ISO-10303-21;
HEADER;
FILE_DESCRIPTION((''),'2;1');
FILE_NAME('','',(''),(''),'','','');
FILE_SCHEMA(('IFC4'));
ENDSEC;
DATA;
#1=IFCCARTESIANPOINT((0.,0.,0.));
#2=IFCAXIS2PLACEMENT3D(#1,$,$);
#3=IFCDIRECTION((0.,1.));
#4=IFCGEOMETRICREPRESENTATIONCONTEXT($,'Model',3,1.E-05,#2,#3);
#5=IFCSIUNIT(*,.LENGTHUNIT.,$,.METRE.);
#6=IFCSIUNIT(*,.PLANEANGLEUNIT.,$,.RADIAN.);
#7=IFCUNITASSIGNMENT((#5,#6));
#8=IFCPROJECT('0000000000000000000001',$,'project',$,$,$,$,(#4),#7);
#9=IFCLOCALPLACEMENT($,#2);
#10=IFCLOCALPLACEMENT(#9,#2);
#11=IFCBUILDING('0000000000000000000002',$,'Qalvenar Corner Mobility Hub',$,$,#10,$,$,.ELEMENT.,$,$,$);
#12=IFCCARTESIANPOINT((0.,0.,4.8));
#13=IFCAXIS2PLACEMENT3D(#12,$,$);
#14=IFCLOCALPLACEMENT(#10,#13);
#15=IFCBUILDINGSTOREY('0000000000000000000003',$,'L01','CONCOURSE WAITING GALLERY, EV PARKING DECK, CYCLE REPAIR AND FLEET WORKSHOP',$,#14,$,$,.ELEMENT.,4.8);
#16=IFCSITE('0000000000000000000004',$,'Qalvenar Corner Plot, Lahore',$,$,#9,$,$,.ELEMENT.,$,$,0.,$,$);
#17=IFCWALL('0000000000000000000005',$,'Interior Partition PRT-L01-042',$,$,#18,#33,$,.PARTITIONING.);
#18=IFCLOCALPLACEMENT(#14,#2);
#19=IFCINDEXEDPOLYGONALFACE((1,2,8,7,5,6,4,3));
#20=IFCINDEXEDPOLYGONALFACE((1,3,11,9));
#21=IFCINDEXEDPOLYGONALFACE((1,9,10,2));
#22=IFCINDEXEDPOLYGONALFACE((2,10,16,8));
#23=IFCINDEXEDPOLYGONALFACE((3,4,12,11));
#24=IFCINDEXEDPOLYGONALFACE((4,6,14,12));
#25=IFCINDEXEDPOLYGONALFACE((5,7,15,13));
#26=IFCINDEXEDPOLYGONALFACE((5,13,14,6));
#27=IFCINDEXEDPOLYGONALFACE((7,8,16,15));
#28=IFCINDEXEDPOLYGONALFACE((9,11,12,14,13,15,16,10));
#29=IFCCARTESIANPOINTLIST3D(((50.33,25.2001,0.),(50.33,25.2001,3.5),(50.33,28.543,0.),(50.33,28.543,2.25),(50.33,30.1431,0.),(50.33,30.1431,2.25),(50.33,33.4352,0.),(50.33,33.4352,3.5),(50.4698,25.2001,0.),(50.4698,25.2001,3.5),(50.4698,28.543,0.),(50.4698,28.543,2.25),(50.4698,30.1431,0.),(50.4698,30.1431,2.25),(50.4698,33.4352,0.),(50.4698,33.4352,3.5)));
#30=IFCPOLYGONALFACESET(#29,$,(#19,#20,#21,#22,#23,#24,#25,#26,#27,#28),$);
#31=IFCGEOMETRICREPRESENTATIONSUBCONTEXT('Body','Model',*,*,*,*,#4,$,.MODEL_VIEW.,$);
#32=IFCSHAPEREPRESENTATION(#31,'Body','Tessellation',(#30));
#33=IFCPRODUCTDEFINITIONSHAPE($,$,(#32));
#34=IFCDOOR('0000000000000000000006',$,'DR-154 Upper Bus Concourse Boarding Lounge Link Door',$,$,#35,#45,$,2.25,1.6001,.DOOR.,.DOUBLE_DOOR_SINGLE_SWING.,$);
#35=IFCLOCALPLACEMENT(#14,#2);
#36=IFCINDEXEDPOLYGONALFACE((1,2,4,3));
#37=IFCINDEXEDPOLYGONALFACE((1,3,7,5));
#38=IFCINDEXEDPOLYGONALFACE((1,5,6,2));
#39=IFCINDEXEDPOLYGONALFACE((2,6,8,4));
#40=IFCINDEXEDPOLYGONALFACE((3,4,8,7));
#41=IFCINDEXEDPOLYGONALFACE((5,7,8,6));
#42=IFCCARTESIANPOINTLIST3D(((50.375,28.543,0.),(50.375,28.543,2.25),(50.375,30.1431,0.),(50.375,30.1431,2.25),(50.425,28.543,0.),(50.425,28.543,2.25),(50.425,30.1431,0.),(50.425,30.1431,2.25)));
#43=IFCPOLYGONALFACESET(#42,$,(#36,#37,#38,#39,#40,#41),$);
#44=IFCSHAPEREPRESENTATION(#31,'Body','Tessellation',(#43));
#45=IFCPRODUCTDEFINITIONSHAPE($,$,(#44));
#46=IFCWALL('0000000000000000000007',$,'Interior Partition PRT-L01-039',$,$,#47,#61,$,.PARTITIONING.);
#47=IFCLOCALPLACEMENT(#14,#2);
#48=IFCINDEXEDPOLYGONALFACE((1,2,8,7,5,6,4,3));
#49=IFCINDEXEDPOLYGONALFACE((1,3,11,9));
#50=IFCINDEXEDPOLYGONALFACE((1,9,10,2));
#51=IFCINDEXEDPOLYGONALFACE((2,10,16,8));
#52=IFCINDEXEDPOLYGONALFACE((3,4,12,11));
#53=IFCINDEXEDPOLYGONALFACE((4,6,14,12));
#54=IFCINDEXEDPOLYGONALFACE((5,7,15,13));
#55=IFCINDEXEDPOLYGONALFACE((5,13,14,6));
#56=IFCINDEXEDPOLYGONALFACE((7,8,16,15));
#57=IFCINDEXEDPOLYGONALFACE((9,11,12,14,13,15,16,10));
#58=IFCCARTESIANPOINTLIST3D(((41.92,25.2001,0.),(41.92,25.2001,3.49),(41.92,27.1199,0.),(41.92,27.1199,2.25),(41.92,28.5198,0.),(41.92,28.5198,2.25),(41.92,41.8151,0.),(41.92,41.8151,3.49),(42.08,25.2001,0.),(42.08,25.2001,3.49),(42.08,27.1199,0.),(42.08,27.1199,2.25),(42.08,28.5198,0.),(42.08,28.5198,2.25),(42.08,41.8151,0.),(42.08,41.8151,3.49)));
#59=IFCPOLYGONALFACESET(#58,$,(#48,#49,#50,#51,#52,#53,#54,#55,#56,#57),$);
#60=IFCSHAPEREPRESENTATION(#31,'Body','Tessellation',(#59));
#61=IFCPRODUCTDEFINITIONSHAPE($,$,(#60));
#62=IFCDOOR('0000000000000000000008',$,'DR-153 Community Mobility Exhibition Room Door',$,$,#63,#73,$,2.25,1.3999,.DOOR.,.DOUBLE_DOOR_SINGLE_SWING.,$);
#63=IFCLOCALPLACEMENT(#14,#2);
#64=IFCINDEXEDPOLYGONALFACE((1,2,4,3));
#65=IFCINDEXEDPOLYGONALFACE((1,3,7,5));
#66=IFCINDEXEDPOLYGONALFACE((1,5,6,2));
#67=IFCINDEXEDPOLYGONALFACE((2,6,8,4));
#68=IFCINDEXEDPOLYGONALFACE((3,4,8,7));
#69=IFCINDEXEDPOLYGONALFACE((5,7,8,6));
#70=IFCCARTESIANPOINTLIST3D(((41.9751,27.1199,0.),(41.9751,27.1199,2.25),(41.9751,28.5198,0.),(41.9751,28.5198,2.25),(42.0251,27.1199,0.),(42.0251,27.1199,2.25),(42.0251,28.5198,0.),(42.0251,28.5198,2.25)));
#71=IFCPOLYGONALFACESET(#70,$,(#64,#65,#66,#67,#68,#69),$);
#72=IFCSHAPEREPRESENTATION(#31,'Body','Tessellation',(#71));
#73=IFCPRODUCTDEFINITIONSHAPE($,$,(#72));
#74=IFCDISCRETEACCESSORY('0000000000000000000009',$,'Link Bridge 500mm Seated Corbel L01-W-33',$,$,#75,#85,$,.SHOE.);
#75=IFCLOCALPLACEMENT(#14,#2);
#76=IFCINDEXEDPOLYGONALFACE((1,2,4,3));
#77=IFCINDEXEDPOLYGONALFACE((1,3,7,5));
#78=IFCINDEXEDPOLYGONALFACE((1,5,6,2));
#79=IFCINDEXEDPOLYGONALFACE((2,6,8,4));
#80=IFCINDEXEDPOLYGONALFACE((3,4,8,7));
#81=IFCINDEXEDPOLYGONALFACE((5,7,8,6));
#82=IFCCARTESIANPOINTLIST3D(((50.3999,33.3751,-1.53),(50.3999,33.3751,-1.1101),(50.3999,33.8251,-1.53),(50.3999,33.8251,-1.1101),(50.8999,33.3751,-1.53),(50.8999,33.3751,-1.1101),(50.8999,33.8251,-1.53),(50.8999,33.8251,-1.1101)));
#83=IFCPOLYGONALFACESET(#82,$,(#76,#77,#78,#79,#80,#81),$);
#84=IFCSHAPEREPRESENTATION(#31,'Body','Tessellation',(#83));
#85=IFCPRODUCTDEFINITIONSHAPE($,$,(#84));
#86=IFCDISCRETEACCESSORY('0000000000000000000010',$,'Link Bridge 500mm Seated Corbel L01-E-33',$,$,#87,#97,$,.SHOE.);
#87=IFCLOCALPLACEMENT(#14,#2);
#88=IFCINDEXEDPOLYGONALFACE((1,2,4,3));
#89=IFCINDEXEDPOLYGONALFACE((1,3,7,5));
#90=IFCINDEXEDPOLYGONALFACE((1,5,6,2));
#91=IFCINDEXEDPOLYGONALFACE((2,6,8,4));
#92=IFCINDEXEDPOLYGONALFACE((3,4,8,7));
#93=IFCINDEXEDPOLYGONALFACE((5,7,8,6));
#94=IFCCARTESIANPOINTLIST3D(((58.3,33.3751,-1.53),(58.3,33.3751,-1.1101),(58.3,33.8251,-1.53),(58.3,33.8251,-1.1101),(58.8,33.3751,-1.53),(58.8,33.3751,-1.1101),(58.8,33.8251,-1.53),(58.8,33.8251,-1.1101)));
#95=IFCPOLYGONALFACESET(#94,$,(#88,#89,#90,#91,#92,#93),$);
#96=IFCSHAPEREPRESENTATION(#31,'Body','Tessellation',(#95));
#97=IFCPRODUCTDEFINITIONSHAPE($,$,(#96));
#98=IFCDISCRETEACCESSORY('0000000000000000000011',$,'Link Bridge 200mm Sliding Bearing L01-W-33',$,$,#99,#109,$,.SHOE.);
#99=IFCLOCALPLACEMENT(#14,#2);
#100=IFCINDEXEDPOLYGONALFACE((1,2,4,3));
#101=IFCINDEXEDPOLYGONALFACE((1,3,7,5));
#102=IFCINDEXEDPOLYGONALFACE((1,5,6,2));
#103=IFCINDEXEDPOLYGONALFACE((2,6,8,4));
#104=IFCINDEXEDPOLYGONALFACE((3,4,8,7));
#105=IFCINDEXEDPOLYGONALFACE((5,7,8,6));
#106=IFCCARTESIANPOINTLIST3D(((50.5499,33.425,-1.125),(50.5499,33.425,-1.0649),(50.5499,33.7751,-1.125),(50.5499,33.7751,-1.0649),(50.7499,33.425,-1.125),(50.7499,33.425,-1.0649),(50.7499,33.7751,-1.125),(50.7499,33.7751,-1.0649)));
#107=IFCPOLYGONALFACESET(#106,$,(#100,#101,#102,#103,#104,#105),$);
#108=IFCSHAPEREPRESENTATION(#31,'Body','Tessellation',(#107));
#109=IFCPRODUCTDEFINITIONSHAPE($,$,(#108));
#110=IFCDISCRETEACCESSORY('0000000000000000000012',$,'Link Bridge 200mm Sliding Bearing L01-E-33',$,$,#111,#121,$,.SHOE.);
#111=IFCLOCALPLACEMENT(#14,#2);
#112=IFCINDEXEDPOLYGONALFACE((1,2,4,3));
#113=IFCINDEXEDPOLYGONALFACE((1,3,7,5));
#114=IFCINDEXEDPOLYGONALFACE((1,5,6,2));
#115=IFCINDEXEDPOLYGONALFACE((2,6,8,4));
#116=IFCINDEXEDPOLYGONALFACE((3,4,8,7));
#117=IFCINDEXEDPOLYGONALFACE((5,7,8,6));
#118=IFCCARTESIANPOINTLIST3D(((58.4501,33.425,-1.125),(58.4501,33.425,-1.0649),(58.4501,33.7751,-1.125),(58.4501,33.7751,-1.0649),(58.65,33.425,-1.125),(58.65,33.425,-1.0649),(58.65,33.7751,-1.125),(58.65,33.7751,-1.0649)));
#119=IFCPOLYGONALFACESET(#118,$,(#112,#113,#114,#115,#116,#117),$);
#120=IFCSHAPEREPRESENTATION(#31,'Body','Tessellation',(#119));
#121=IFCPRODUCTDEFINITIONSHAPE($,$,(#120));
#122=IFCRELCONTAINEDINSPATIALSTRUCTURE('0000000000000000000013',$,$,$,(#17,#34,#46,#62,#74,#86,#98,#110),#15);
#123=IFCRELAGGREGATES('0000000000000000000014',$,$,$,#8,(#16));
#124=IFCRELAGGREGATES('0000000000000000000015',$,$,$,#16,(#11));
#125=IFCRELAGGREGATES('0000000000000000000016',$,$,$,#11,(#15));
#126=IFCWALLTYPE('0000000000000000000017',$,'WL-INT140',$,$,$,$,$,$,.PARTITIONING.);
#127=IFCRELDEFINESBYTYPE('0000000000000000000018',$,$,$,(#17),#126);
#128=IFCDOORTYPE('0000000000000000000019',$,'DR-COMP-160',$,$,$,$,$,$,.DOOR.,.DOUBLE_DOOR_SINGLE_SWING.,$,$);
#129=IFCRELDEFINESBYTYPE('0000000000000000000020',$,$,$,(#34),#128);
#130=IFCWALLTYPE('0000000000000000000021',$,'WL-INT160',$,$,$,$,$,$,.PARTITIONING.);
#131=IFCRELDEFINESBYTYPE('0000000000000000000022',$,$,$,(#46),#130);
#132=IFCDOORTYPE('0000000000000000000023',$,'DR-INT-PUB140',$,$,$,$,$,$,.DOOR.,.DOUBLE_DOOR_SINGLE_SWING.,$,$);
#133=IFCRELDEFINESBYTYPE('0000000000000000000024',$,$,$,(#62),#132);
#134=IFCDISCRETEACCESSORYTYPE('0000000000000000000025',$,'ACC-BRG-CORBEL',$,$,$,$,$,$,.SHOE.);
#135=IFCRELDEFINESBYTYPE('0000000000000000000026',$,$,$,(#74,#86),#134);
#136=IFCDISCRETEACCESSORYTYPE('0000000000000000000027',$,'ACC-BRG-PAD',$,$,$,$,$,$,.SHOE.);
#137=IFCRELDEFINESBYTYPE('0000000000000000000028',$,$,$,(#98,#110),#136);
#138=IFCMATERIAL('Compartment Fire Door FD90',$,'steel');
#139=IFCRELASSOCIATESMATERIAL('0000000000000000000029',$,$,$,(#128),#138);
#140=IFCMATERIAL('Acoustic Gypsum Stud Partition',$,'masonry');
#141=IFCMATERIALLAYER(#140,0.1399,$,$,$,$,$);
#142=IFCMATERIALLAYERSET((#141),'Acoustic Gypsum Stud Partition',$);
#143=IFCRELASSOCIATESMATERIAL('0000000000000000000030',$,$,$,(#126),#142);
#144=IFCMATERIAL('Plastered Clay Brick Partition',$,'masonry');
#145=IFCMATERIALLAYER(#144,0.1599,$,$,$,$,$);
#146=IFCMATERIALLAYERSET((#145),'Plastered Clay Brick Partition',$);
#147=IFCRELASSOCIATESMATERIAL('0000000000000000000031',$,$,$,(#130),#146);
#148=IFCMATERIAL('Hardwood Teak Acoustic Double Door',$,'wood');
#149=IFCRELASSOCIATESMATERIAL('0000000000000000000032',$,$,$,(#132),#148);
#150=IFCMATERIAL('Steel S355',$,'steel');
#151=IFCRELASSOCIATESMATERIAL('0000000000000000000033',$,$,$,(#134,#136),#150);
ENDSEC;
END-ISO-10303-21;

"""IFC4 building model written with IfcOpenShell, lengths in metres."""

from ifc_helpers import new_model, si_unit, direction, frame, frame_2d, origin, origin_2d, place, context, subcontext, project, spatial, rectangle, extrude, material, layer, layer_set, type_object, element, fill, save


model = new_model("IFC4")

# Units and contexts
model_context = context("Model", 3, precision=1e-05, world=origin(), true_north=direction((0.0, 1.0)))
body_context = subcontext(model_context, "Body", "Model", "MODEL_VIEW")
ifc_project = project(units=[si_unit("LENGTHUNIT", "METRE"), si_unit("PLANEANGLEUNIT", "RADIAN")], contexts=[model_context])

# Site, building, storey
site_placement = place(None, origin())
site = spatial("IfcSite", under=ifc_project, at=site_placement, Name="Qalvenar Corner Plot, Lahore", CompositionType="ELEMENT", RefElevation=0.0)
building_placement = place(site_placement, origin())
building = spatial("IfcBuilding", under=site, at=building_placement, Name="Qalvenar Corner Mobility Hub", CompositionType="ELEMENT")
storey_placement = place(building_placement, frame((0.0, 0.0, 4.8)))
storey = spatial("IfcBuildingStorey", under=building, at=storey_placement, Name="L01", Description="CONCOURSE WAITING GALLERY, EV PARKING DECK, CYCLE REPAIR AND FLEET WORKSHOP", CompositionType="ELEMENT", Elevation=4.8)

# Shared definitions
ifc_material_1 = material(Name="Steel S355", Category="steel")

# Walls, openings, doors
ifc_material_2 = material(Name="Compartment Fire Door FD90", Category="steel")
door_type_1 = type_object("IfcDoorType", Name="DR-COMP-160", OperationType="DOUBLE_DOOR_SINGLE_SWING", PredefinedType="DOOR", material=ifc_material_2)
ifc_material_3 = material(Name="Acoustic Gypsum Stud Partition", Category="masonry")
ifc_layer_1 = layer(ifc_material_3, 0.1399)
ifc_layer_set_1 = layer_set([ifc_layer_1], Name="Acoustic Gypsum Stud Partition")
wall_type_1 = type_object("IfcWallType", Name="WL-INT140", PredefinedType="PARTITIONING", material=ifc_layer_set_1)
wall_1_placement = place(storey_placement, frame((50.3999, 25.2, 0.0), z_axis=(0.0, 0.0, 1.0), x_axis=(0.0, 1.0, 0.0)))
wall_1 = element("IfcWall", 1, at=wall_1_placement, inside=storey, type_object=wall_type_1, Name="Interior Partition PRT-L01-042", PredefinedType="PARTITIONING", context=body_context, shape_type="SweptSolid", body=[
    extrude(rectangle(XDim=8.2351, YDim=0.1399, at=frame_2d((4.1177, 0.0))), origin(), (0.0, 0.0, 1.0), 3.5),
])
opening_1_placement = place(wall_1_placement, frame((3.343, 0.0, 0.0)))
opening_1 = element("IfcOpeningElement", 2, at=opening_1_placement, cuts=wall_1, PredefinedType="OPENING", context=body_context, shape_type="SweptSolid", body=[
    extrude(rectangle(XDim=1.6001, YDim=2.25, at=frame_2d((0.8, 1.125))), frame((0.0, 0.0801, 0.0), z_axis=(0.0, -1.0, 0.0), x_axis=(1.0, 0.0, 0.0)), (0.0, 0.0, 1.0), 0.1599),
])
door_1_placement = place(opening_1_placement, origin())
door_1 = element("IfcDoor", 3, at=door_1_placement, inside=storey, type_object=door_type_1, Name="DR-154 Upper Bus Concourse Boarding Lounge Link Door", OperationType="DOUBLE_DOOR_SINGLE_SWING", OverallHeight=2.25, OverallWidth=1.6001, PredefinedType="DOOR", context=body_context, shape_type="SweptSolid", body=[
    extrude(rectangle(XDim=1.6001, YDim=2.25, at=frame_2d((0.8, 1.125))), frame((0.0, 0.0249, 0.0), z_axis=(0.0, -1.0, 0.0), x_axis=(1.0, 0.0, 0.0)), (0.0, 0.0, 1.0), 0.05),
])
fill(opening_1, door_1)
ifc_material_4 = material(Name="Plastered Clay Brick Partition", Category="masonry")
ifc_layer_2 = layer(ifc_material_4, 0.1599)
ifc_layer_set_2 = layer_set([ifc_layer_2], Name="Plastered Clay Brick Partition")
wall_type_2 = type_object("IfcWallType", Name="WL-INT160", PredefinedType="PARTITIONING", material=ifc_layer_set_2)
wall_2_placement = place(storey_placement, frame((42.0, 25.2, 0.0), z_axis=(0.0, 0.0, 1.0), x_axis=(0.0, 1.0, 0.0)))
wall_2 = element("IfcWall", 4, at=wall_2_placement, inside=storey, type_object=wall_type_2, Name="Interior Partition PRT-L01-039", PredefinedType="PARTITIONING", context=body_context, shape_type="SweptSolid", body=[
    extrude(rectangle(XDim=16.615, YDim=0.1599, at=frame_2d((8.3076, 0.0))), origin(), (0.0, 0.0, 1.0), 3.49),
])
opening_2_placement = place(wall_2_placement, frame((1.9199, 0.0, 0.0)))
opening_2 = element("IfcOpeningElement", 5, at=opening_2_placement, cuts=wall_2, PredefinedType="OPENING", context=body_context, shape_type="SweptSolid", body=[
    extrude(rectangle(XDim=1.3999, YDim=2.25, at=frame_2d((0.7, 1.125))), frame((0.0, 0.0898, 0.0), z_axis=(0.0, -1.0, 0.0), x_axis=(1.0, 0.0, 0.0)), (0.0, 0.0, 1.0), 0.1799),
])
ifc_material_5 = material(Name="Hardwood Teak Acoustic Double Door", Category="wood")
door_type_2 = type_object("IfcDoorType", Name="DR-INT-PUB140", OperationType="DOUBLE_DOOR_SINGLE_SWING", PredefinedType="DOOR", material=ifc_material_5)
door_2_placement = place(opening_2_placement, origin())
door_2 = element("IfcDoor", 6, at=door_2_placement, inside=storey, type_object=door_type_2, Name="DR-153 Community Mobility Exhibition Room Door", OperationType="DOUBLE_DOOR_SINGLE_SWING", OverallHeight=2.25, OverallWidth=1.3999, PredefinedType="DOOR", context=body_context, shape_type="SweptSolid", body=[
    extrude(rectangle(XDim=1.3999, YDim=2.25, at=frame_2d((0.7, 1.125))), frame((0.0, 0.0249, 0.0), z_axis=(0.0, -1.0, 0.0), x_axis=(1.0, 0.0, 0.0)), (0.0, 0.0, 1.0), 0.05),
])
fill(opening_2, door_2)

# Discrete accessories
discrete_accessory_type_1 = type_object("IfcDiscreteAccessoryType", Name="ACC-BRG-CORBEL", PredefinedType="SHOE", material=ifc_material_1)
for number, where, z_axis, x_axis, name in (
    (7, (50.6499, 33.6001, -1.53), (0.0, 0.0, 1.0), (1.0, 0.0, 0.0), "Link Bridge 500mm Seated Corbel L01-W-33"),
    (8, (58.55, 33.6001, -1.53), (0.0, 0.0, 1.0), (1.0, 0.0, 0.0), "Link Bridge 500mm Seated Corbel L01-E-33"),
):
    element("IfcDiscreteAccessory", number, at=place(storey_placement, frame(where, z_axis=z_axis, x_axis=x_axis)), inside=storey, type_object=discrete_accessory_type_1, Name=name, PredefinedType="SHOE", context=body_context, shape_type="SweptSolid", body=[
        extrude(rectangle(XDim=0.5, YDim=0.45, at=origin_2d()), origin(), (0.0, 0.0, 1.0), 0.4199),
    ])
discrete_accessory_type_2 = type_object("IfcDiscreteAccessoryType", Name="ACC-BRG-PAD", PredefinedType="SHOE", material=ifc_material_1)
for number, where, z_axis, x_axis, name in (
    (9, (50.6499, 33.6001, -1.125), (0.0, 0.0, 1.0), (1.0, 0.0, 0.0), "Link Bridge 200mm Sliding Bearing L01-W-33"),
    (10, (58.55, 33.6001, -1.125), (0.0, 0.0, 1.0), (1.0, 0.0, 0.0), "Link Bridge 200mm Sliding Bearing L01-E-33"),
):
    element("IfcDiscreteAccessory", number, at=place(storey_placement, frame(where, z_axis=z_axis, x_axis=x_axis)), inside=storey, type_object=discrete_accessory_type_2, Name=name, PredefinedType="SHOE", context=body_context, shape_type="SweptSolid", body=[
        extrude(rectangle(XDim=0.2, YDim=0.3501, at=origin_2d()), origin(), (0.0, 0.0, 1.0), 0.0601),
    ])

save(model, "model.ifc")
